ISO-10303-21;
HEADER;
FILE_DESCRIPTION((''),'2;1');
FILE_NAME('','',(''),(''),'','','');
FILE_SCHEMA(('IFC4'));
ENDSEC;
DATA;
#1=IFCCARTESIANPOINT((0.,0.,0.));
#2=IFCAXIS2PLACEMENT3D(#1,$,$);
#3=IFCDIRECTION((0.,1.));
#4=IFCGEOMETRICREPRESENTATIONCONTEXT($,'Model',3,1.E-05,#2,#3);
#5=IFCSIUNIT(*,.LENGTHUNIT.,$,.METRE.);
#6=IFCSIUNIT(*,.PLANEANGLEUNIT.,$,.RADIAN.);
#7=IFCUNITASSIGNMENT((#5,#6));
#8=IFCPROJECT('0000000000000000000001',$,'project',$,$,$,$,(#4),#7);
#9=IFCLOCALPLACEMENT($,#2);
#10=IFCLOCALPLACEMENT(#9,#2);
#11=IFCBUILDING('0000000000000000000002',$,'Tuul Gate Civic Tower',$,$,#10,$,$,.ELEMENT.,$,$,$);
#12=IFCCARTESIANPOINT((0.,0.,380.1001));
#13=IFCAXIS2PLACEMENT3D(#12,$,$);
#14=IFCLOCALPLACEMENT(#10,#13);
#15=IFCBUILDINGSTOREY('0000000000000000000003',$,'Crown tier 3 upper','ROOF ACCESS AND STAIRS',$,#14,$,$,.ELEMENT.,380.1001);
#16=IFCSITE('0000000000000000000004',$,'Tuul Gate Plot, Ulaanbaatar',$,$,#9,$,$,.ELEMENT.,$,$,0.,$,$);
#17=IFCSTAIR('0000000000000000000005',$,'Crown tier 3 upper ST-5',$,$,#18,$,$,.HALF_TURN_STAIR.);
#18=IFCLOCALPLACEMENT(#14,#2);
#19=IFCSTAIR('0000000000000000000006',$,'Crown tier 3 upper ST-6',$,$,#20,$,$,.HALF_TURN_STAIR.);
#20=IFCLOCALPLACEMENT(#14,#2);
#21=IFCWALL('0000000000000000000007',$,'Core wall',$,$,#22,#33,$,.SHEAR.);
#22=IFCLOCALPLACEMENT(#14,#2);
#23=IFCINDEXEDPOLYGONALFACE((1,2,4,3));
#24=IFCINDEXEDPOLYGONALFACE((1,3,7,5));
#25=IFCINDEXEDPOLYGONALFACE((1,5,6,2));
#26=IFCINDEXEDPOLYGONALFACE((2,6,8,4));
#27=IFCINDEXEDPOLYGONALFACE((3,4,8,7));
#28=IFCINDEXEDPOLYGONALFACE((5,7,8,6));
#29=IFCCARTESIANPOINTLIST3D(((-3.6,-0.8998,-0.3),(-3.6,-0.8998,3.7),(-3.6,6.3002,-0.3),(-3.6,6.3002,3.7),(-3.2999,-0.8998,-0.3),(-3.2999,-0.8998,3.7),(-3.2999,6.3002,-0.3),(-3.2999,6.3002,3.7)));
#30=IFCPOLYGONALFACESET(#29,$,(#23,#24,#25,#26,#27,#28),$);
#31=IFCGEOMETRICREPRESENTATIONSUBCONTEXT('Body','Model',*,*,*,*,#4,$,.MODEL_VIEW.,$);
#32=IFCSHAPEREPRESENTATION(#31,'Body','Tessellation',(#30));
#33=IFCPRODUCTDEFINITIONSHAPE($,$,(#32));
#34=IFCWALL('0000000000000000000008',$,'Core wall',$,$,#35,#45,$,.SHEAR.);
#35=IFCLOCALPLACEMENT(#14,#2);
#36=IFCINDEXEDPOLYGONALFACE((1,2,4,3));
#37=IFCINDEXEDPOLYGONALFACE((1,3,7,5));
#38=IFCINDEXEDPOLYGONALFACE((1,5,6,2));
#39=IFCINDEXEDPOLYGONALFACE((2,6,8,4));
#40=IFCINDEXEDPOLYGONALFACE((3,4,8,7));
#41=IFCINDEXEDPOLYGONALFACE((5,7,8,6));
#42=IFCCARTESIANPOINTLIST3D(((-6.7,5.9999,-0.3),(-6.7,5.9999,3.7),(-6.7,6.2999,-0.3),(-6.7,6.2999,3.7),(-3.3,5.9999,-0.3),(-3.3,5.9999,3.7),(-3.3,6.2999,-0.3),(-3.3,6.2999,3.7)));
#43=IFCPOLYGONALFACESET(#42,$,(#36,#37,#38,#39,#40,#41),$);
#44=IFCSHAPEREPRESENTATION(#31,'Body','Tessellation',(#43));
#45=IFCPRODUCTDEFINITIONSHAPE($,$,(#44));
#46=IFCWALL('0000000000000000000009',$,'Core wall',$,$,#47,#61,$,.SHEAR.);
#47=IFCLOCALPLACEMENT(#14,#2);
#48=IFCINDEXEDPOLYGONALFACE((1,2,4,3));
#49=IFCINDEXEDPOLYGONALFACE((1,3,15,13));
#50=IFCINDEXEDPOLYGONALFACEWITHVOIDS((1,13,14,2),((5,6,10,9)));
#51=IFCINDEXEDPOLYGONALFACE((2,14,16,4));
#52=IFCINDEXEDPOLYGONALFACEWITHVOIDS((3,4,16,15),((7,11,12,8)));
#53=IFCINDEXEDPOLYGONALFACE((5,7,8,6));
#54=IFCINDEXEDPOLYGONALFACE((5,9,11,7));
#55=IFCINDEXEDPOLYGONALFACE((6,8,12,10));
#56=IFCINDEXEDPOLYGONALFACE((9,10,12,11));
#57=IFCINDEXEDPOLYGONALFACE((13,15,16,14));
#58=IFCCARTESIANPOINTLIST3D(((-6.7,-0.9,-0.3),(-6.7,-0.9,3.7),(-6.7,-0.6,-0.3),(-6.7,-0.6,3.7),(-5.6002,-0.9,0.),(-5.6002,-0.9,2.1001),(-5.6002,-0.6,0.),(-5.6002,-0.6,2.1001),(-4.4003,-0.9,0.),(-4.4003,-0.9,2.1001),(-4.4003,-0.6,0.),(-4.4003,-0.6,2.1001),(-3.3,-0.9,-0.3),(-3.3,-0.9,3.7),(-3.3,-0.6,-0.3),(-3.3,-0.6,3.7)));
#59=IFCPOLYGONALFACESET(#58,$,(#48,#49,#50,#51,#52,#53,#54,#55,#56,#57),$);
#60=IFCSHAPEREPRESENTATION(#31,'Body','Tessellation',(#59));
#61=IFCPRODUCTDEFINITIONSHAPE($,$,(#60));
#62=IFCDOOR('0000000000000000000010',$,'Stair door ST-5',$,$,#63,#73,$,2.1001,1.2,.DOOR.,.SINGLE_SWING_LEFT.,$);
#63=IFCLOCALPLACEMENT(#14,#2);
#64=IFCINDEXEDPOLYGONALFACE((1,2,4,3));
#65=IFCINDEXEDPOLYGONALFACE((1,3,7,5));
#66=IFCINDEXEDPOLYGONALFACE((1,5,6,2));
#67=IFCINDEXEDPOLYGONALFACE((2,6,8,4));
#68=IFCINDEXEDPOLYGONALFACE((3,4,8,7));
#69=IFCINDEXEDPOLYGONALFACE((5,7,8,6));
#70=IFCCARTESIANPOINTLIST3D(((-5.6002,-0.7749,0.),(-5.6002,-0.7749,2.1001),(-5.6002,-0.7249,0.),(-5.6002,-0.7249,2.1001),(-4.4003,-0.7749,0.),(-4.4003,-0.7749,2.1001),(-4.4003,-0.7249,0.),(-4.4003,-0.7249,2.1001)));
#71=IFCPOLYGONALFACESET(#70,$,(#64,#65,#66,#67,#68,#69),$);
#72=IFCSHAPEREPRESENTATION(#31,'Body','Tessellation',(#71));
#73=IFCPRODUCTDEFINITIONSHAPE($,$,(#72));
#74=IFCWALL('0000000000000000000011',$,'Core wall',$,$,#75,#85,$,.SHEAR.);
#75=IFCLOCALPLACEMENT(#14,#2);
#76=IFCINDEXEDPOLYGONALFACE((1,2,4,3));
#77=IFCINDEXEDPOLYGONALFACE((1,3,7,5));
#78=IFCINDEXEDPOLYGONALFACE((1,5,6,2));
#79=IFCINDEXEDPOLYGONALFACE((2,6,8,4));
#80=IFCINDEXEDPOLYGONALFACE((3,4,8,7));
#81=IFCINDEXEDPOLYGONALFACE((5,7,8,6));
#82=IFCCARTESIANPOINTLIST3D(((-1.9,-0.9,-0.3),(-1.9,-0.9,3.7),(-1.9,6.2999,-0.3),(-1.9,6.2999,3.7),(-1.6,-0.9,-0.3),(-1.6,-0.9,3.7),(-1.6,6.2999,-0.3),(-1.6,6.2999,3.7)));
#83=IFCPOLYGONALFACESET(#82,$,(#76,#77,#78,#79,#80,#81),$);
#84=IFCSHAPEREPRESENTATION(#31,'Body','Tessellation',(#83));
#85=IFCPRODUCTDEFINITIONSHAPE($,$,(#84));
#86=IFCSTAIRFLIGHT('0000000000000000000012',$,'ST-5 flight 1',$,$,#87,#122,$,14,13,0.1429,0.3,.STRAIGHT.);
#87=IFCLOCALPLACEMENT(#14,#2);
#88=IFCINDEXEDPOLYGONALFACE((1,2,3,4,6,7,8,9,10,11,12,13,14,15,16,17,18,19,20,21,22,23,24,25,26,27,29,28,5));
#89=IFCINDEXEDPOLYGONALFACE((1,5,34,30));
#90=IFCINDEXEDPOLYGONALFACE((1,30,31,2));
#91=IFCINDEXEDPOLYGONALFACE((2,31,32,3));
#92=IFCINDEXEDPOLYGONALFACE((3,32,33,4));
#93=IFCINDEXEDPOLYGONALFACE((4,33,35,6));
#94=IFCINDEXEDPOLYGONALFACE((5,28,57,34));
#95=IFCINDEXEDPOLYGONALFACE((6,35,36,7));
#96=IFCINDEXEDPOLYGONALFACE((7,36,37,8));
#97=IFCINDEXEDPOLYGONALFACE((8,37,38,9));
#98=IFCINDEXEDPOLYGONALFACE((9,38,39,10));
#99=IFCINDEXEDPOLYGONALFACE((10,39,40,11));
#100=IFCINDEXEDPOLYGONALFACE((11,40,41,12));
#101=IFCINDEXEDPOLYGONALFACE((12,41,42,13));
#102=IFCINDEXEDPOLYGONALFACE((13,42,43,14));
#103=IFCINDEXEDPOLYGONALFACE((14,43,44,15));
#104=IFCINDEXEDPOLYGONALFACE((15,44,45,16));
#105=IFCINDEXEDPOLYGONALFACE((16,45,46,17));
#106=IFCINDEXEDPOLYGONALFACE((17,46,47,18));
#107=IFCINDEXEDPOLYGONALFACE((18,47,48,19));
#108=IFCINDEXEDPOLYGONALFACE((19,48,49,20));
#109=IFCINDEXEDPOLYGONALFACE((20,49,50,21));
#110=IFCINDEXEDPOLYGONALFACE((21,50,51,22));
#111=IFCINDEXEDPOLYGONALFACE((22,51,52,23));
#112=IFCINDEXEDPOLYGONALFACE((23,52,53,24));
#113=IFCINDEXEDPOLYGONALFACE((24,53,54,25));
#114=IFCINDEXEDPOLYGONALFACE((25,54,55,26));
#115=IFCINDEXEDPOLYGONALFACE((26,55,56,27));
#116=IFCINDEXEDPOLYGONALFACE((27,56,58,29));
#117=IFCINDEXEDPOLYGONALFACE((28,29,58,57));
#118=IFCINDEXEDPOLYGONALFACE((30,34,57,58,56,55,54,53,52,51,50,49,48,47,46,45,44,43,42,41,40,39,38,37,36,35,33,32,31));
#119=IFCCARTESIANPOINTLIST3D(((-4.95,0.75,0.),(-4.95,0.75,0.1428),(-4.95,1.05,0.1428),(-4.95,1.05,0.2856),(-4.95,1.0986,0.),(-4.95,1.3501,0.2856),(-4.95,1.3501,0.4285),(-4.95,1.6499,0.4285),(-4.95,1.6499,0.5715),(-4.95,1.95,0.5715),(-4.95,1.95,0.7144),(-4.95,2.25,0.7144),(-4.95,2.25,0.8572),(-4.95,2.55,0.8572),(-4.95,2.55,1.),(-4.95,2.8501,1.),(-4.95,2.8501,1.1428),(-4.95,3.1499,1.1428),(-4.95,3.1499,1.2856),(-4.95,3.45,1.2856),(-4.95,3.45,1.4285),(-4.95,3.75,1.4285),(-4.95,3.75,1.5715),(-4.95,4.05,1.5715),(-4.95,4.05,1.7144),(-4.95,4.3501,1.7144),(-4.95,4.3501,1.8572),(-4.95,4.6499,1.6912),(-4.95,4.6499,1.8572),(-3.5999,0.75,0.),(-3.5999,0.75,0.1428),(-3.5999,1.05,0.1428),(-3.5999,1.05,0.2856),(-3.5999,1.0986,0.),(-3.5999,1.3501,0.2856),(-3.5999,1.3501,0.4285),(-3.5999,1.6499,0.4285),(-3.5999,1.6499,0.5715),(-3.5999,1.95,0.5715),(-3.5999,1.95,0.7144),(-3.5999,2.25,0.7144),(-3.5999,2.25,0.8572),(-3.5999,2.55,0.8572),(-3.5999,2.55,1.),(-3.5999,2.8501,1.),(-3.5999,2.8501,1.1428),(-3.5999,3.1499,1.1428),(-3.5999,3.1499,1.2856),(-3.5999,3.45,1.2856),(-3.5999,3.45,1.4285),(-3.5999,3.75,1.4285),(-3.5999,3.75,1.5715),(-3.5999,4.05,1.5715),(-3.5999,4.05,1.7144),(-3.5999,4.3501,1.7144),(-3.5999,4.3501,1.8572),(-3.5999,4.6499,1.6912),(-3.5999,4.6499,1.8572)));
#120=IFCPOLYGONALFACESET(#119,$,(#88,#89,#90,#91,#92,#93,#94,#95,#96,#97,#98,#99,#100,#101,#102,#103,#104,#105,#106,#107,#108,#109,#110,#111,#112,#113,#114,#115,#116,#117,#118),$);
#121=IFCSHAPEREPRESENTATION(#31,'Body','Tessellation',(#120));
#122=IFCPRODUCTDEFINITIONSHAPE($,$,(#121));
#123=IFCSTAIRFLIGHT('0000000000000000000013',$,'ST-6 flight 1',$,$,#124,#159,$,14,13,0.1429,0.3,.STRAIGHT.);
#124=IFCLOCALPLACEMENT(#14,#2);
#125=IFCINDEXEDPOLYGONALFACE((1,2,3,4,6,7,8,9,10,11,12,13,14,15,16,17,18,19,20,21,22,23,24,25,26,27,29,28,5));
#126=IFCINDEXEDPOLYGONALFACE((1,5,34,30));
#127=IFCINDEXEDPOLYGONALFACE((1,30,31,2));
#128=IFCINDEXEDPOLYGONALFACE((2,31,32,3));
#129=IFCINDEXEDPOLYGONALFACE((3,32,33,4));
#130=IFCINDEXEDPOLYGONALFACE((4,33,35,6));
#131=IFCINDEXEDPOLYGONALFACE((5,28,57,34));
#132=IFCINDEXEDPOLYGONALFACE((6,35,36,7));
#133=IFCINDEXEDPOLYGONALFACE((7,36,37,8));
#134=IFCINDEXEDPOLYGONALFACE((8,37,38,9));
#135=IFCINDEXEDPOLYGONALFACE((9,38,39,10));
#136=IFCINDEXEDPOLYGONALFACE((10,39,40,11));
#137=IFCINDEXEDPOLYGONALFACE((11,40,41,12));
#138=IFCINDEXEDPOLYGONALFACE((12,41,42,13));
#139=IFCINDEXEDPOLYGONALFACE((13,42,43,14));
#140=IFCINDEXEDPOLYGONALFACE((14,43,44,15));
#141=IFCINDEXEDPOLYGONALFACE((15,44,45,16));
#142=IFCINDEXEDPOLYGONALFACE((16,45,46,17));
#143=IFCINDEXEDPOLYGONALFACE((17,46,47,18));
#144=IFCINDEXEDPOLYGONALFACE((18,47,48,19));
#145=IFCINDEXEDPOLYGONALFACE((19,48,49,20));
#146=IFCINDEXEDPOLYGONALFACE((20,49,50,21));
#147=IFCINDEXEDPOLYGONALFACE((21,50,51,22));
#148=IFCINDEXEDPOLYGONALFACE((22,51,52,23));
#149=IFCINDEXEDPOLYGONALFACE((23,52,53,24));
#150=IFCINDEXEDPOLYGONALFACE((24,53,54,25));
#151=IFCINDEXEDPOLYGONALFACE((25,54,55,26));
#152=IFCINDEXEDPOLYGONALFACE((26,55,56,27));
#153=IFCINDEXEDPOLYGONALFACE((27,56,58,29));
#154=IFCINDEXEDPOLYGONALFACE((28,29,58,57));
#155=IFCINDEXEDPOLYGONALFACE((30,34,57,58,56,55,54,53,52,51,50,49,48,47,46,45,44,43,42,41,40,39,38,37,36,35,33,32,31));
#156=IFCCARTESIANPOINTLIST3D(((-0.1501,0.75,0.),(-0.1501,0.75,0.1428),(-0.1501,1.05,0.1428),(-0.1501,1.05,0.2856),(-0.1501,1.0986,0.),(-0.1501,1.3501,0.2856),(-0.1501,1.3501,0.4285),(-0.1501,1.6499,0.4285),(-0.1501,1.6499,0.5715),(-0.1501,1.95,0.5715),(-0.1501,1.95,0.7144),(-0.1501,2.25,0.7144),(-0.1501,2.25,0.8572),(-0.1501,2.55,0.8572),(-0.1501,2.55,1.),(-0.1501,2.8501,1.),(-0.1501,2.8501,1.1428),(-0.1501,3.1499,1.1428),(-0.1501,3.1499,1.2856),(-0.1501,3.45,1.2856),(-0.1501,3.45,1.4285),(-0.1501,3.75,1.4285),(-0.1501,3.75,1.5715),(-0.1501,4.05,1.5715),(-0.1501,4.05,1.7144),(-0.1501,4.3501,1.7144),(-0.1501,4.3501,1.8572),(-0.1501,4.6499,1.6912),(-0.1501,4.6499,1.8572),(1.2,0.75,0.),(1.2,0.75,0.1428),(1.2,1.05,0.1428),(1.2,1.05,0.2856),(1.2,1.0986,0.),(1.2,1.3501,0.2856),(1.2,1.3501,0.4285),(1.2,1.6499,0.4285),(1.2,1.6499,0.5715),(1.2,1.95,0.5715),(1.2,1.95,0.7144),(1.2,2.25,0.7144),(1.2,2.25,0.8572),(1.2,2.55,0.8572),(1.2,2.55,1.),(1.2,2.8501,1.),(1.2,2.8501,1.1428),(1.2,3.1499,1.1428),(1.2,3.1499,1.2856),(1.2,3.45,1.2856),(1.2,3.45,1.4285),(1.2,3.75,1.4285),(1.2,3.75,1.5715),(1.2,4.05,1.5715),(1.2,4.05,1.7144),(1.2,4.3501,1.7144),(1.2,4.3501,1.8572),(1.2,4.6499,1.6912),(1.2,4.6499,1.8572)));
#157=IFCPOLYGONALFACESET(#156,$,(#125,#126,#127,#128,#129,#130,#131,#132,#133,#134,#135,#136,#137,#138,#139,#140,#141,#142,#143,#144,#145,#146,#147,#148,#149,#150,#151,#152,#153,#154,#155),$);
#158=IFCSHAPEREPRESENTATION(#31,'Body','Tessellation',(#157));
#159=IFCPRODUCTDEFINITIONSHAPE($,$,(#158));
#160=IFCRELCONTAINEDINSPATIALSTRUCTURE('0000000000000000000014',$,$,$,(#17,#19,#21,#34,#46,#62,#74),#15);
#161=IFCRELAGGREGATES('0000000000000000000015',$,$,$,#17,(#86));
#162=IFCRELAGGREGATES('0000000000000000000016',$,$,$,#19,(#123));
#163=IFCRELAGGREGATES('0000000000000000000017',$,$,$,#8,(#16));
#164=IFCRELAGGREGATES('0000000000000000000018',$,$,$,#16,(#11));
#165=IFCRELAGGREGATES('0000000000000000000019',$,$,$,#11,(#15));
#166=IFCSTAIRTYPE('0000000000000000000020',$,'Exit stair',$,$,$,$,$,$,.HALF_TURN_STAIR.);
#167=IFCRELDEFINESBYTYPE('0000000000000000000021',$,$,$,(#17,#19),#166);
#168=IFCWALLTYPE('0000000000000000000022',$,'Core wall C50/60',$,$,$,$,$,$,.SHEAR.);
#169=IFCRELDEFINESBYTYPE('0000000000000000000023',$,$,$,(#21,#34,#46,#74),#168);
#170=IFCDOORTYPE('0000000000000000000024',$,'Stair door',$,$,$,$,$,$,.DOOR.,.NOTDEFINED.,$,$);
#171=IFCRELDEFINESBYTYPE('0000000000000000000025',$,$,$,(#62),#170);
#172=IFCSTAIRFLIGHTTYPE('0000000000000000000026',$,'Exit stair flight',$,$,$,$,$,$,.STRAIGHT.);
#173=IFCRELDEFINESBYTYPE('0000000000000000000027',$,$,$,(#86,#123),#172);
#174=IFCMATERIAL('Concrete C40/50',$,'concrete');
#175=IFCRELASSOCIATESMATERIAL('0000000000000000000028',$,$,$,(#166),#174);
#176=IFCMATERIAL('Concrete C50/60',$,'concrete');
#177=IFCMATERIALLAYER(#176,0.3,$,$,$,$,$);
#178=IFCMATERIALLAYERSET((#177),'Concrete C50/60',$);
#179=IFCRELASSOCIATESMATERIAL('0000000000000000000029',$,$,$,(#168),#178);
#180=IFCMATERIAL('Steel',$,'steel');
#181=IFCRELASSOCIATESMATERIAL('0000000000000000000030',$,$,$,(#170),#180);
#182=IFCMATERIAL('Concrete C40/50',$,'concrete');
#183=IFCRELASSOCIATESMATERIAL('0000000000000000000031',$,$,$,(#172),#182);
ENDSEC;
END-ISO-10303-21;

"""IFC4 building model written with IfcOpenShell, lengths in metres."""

from ifc_helpers import new_model, si_unit, direction, frame, frame_2d, origin, place, context, subcontext, project, spatial, polyline, rectangle, outline, extrude, material, layer, layer_set, type_object, element, fill, aggregate, save


model = new_model("IFC4")

# Units and contexts
model_context = context("Model", 3, precision=1e-05, world=origin(), true_north=direction((0.0, 1.0)))
body_context = subcontext(model_context, "Body", "Model", "MODEL_VIEW")
ifc_project = project(units=[si_unit("LENGTHUNIT", "METRE"), si_unit("PLANEANGLEUNIT", "RADIAN")], contexts=[model_context])

# Site, building, storey
site_placement = place(None, origin())
site = spatial("IfcSite", under=ifc_project, at=site_placement, Name="Tuul Gate Plot, Ulaanbaatar", CompositionType="ELEMENT", RefElevation=0.0)
building_placement = place(site_placement, origin())
building = spatial("IfcBuilding", under=site, at=building_placement, Name="Tuul Gate Civic Tower", CompositionType="ELEMENT")
storey_placement = place(building_placement, frame((0.0, 0.0, 380.1001)))
storey = spatial("IfcBuildingStorey", under=building, at=storey_placement, Name="Crown tier 3 upper", Description="ROOF ACCESS AND STAIRS", CompositionType="ELEMENT", Elevation=380.1001)

# Stairs
ifc_material_1 = material(Name="Concrete C40/50", Category="concrete")
stair_type = type_object("IfcStairType", Name="Exit stair", PredefinedType="HALF_TURN_STAIR", material=ifc_material_1)
stair_1_placement = place(storey_placement, origin())
stair_1 = element("IfcStair", 1, at=stair_1_placement, inside=storey, type_object=stair_type, Name="Crown tier 3 upper ST-5", PredefinedType="HALF_TURN_STAIR")
stair_2_placement = place(storey_placement, origin())
stair_2 = element("IfcStair", 2, at=stair_2_placement, inside=storey, type_object=stair_type, Name="Crown tier 3 upper ST-6", PredefinedType="HALF_TURN_STAIR")

# Walls
ifc_material_2 = material(Name="Concrete C50/60", Category="concrete")
ifc_layer_1 = layer(ifc_material_2, 0.3)
ifc_layer_set_1 = layer_set([ifc_layer_1], Name="Concrete C50/60")
wall_type = type_object("IfcWallType", Name="Core wall C50/60", PredefinedType="SHEAR", material=ifc_layer_set_1)
wall_1_placement = place(storey_placement, frame((-3.45, -0.8999, -0.3), z_axis=(0.0, 0.0, 1.0), x_axis=(0.0, 1.0, 0.0)))
element("IfcWall", 3, at=wall_1_placement, inside=storey, type_object=wall_type, Name="Core wall", PredefinedType="SHEAR", context=body_context, shape_type="SweptSolid", body=[
    extrude(rectangle(XDim=7.2, YDim=0.3, at=frame_2d((3.6001, 0.0))), origin(), (0.0, 0.0, 1.0), 4.0),
])
wall_2_placement = place(storey_placement, frame((-3.3, 6.1499, -0.3), z_axis=(0.0, 0.0, 1.0), x_axis=(-1.0, 0.0, 0.0)))
element("IfcWall", 4, at=wall_2_placement, inside=storey, type_object=wall_type, Name="Core wall", PredefinedType="SHEAR", context=body_context, shape_type="SweptSolid", body=[
    extrude(rectangle(XDim=3.3999, YDim=0.3, at=frame_2d((1.7, 0.0))), origin(), (0.0, 0.0, 1.0), 4.0),
])

# Wall, opening, door
wall_3_placement = place(storey_placement, frame((-3.3, -0.75, -0.3), z_axis=(0.0, 0.0, 1.0), x_axis=(-1.0, 0.0, 0.0)))
wall_3 = element("IfcWall", 5, at=wall_3_placement, inside=storey, type_object=wall_type, Name="Core wall", PredefinedType="SHEAR", context=body_context, shape_type="SweptSolid", body=[
    extrude(rectangle(XDim=3.3999, YDim=0.3, at=frame_2d((1.7, 0.0))), origin(), (0.0, 0.0, 1.0), 4.0),
])
opening_placement = place(wall_3_placement, frame((1.1001, 0.0, 0.3)))
opening = element("IfcOpeningElement", 6, at=opening_placement, cuts=wall_3, PredefinedType="OPENING", context=body_context, shape_type="SweptSolid", body=[
    extrude(rectangle(XDim=1.2, YDim=2.1001, at=frame_2d((0.6001, 1.05))), frame((0.0, 0.1602, 0.0), z_axis=(0.0, -1.0, 0.0), x_axis=(1.0, 0.0, 0.0)), (0.0, 0.0, 1.0), 0.3201),
])
ifc_material_3 = material(Name="Steel", Category="steel")
door_type = type_object("IfcDoorType", Name="Stair door", OperationType="NOTDEFINED", PredefinedType="DOOR", material=ifc_material_3)
door_placement = place(opening_placement, origin())
door = element("IfcDoor", 7, at=door_placement, inside=storey, type_object=door_type, Name="Stair door ST-5", OperationType="SINGLE_SWING_LEFT", OverallHeight=2.1001, OverallWidth=1.2, PredefinedType="DOOR", context=body_context, shape_type="SweptSolid", body=[
    extrude(rectangle(XDim=1.2, YDim=2.1001, at=frame_2d((0.6001, 1.05))), frame((0.0, 0.0249, 0.0), z_axis=(0.0, -1.0, 0.0), x_axis=(1.0, 0.0, 0.0)), (0.0, 0.0, 1.0), 0.05),
])
fill(opening, door)

# Wall
wall_4_placement = place(storey_placement, frame((-1.75, 6.3, -0.3), z_axis=(0.0, 0.0, 1.0), x_axis=(0.0, -1.0, 0.0)))
element("IfcWall", 8, at=wall_4_placement, inside=storey, type_object=wall_type, Name="Core wall", PredefinedType="SHEAR", context=body_context, shape_type="SweptSolid", body=[
    extrude(rectangle(XDim=7.2, YDim=0.3, at=frame_2d((3.6001, 0.0))), origin(), (0.0, 0.0, 1.0), 4.0),
])

# Stair flights
ifc_material_4 = material(Name="Concrete C40/50", Category="concrete")
stair_flight_type = type_object("IfcStairFlightType", Name="Exit stair flight", PredefinedType="STRAIGHT", material=ifc_material_4)
stair_flight_1_placement = place(storey_placement, frame((-4.2749, 0.75, 0.0), z_axis=(0.0, 0.0, 1.0), x_axis=(0.0, 1.0, 0.0)))
stair_flight_1 = element("IfcStairFlight", 9, at=stair_flight_1_placement, type_object=stair_flight_type, Name="ST-5 flight 1", NumberOfRisers=14, NumberOfTreads=13, PredefinedType="STRAIGHT", RiserHeight=0.1429, TreadLength=0.3, context=body_context, shape_type="SweptSolid", body=[
    extrude(outline(polyline([(0.0, 0.0), (0.0, 0.1428), (0.3, 0.1428), (0.3, 0.2856), (0.6001, 0.2856), (0.6001, 0.4285), (0.8999, 0.4285), (0.8999, 0.5715), (1.2, 0.5715), (1.2, 0.7144), (1.5, 0.7144), (1.5, 0.8572), (1.8, 0.8572), (1.8, 1.0), (2.1001, 1.0), (2.1001, 1.1428), (2.3999, 1.1428), (2.3999, 1.2856), (2.7, 1.2856), (2.7, 1.4285), (3.0, 1.4285), (3.0, 1.5715), (3.3, 1.5715), (3.3, 1.7144), (3.6001, 1.7144), (3.6001, 1.8572), (3.8999, 1.8572), (3.8999, 2.0), (3.8999, 1.6912), (0.3486, 0.0), (0.0, 0.0)])), frame((0.0, 0.675, 0.0), z_axis=(0.0, -1.0, 0.0), x_axis=(1.0, 0.0, 0.0)), (0.0, 0.0, 1.0), 1.3501),
])
aggregate(stair_1, [stair_flight_1])
stair_flight_2_placement = place(storey_placement, frame((0.5249, 0.75, 0.0), z_axis=(0.0, 0.0, 1.0), x_axis=(0.0, 1.0, 0.0)))
stair_flight_2 = element("IfcStairFlight", 10, at=stair_flight_2_placement, type_object=stair_flight_type, Name="ST-6 flight 1", NumberOfRisers=14, NumberOfTreads=13, PredefinedType="STRAIGHT", RiserHeight=0.1429, TreadLength=0.3, context=body_context, shape_type="SweptSolid", body=[
    extrude(outline(polyline([(0.0, 0.0), (0.0, 0.1428), (0.3, 0.1428), (0.3, 0.2856), (0.6001, 0.2856), (0.6001, 0.4285), (0.8999, 0.4285), (0.8999, 0.5715), (1.2, 0.5715), (1.2, 0.7144), (1.5, 0.7144), (1.5, 0.8572), (1.8, 0.8572), (1.8, 1.0), (2.1001, 1.0), (2.1001, 1.1428), (2.3999, 1.1428), (2.3999, 1.2856), (2.7, 1.2856), (2.7, 1.4285), (3.0, 1.4285), (3.0, 1.5715), (3.3, 1.5715), (3.3, 1.7144), (3.6001, 1.7144), (3.6001, 1.8572), (3.8999, 1.8572), (3.8999, 2.0), (3.8999, 1.6912), (0.3486, 0.0), (0.0, 0.0)])), frame((0.0, 0.675, 0.0), z_axis=(0.0, -1.0, 0.0), x_axis=(1.0, 0.0, 0.0)), (0.0, 0.0, 1.0), 1.3501),
])
aggregate(stair_2, [stair_flight_2])

save(model, "model.ifc")
